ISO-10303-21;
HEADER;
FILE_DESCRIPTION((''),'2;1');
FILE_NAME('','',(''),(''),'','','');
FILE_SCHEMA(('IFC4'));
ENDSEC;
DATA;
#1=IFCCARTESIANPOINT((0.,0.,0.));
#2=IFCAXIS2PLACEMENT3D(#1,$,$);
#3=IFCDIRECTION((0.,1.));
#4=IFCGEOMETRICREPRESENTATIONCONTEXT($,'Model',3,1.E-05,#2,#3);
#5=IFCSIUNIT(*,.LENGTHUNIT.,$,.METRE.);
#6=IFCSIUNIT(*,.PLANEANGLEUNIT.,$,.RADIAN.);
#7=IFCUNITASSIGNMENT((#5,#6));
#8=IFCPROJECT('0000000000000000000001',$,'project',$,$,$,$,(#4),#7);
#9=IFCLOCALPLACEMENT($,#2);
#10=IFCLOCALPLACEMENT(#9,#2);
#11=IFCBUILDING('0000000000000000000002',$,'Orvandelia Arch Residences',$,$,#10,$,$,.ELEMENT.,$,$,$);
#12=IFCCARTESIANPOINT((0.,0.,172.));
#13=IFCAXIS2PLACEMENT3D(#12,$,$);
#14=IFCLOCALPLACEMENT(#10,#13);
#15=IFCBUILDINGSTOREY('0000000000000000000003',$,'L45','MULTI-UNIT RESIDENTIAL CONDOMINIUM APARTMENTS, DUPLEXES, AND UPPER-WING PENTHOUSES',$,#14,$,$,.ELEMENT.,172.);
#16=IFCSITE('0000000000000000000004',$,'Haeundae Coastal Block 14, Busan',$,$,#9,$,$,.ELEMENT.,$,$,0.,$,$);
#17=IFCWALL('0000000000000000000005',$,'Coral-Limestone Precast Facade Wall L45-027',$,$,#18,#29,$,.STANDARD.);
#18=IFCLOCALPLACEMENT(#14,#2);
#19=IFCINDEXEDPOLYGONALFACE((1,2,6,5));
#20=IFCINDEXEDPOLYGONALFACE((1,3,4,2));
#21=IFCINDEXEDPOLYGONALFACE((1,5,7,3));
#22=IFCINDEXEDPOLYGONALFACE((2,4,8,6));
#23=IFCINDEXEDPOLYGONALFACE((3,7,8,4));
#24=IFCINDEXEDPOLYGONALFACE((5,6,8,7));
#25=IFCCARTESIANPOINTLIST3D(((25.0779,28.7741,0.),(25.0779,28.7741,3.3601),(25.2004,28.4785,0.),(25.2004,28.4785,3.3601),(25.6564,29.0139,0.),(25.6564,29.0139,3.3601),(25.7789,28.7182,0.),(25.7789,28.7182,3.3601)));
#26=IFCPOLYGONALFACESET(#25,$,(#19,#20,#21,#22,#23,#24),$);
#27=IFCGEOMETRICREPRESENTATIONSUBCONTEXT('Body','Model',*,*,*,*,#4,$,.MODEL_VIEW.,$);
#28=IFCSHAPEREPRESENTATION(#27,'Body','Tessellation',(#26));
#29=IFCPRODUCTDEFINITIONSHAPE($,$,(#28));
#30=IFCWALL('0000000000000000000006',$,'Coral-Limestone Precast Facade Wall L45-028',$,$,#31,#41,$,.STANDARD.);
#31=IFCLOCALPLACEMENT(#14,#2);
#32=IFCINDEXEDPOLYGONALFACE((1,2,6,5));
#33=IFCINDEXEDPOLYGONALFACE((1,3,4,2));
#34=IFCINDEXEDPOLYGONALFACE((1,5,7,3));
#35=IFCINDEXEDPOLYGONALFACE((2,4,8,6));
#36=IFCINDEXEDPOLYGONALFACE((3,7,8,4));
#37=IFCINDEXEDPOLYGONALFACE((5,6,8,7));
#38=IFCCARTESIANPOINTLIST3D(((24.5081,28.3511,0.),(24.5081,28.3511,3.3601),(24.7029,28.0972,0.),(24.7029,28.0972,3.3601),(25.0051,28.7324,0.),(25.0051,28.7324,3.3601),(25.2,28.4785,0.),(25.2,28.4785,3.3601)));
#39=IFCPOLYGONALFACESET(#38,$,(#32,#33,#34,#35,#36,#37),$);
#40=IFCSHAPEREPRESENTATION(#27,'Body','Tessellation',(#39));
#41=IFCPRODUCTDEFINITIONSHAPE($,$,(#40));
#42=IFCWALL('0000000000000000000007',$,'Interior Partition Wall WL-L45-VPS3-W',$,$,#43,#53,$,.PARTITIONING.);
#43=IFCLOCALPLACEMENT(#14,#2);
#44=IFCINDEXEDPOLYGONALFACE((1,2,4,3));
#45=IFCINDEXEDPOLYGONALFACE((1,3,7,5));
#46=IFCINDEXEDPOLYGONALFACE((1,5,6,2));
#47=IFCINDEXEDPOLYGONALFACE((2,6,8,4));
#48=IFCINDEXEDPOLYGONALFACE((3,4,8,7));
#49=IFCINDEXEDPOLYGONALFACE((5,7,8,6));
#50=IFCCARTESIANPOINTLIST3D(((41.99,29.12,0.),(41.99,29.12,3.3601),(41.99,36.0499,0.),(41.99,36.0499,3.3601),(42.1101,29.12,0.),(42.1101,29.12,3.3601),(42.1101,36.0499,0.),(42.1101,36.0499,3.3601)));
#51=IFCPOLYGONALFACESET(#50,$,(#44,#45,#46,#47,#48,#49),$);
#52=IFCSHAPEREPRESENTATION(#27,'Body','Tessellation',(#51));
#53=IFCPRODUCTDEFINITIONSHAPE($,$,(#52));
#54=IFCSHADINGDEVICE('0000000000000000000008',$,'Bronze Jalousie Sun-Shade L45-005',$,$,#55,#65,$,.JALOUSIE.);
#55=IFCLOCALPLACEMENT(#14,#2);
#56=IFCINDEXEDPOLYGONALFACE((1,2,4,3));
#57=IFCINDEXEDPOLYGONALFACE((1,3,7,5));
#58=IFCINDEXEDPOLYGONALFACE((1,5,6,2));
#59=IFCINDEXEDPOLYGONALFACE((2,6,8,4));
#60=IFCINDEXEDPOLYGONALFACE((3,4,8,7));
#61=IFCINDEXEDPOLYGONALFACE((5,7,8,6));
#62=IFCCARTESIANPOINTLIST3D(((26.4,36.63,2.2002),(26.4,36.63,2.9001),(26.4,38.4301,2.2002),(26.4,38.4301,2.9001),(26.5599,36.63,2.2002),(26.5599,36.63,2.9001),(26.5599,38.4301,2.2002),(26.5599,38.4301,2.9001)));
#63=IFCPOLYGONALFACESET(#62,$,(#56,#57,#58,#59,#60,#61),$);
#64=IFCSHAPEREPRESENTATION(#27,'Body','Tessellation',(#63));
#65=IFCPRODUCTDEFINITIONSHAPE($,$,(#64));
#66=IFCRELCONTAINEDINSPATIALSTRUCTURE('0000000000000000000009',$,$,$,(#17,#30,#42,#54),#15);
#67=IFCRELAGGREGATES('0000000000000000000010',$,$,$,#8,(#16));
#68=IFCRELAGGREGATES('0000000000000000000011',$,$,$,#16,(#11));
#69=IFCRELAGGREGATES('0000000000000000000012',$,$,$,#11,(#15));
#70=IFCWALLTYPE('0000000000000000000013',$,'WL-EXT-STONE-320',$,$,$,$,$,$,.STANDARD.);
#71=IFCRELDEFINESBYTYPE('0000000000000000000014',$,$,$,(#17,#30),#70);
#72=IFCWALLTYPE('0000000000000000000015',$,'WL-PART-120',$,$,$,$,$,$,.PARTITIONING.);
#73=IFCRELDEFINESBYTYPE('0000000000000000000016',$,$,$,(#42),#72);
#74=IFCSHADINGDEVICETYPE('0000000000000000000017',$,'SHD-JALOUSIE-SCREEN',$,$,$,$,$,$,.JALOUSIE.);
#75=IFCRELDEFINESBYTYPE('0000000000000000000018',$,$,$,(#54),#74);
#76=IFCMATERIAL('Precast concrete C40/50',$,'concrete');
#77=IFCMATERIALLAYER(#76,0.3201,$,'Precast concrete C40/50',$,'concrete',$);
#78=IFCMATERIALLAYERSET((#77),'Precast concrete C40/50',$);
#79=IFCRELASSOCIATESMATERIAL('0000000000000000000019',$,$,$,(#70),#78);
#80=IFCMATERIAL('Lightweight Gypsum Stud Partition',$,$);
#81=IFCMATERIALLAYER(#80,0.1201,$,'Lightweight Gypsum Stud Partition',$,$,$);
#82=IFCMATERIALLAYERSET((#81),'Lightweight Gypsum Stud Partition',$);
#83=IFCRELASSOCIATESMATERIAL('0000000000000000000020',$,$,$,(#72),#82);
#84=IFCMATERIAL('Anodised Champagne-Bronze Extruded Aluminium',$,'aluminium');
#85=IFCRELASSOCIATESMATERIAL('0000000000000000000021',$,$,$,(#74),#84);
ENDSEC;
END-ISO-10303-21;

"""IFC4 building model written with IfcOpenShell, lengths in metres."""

from ifc_helpers import new_model, si_unit, direction, frame, frame_2d, origin, origin_2d, place, context, subcontext, project, spatial, rectangle, extrude, material, layer, layer_set, type_object, element, save


model = new_model("IFC4")

# Units and contexts
model_context = context("Model", 3, precision=1e-05, world=origin(), true_north=direction((0.0, 1.0)))
body_context = subcontext(model_context, "Body", "Model", "MODEL_VIEW")
ifc_project = project(units=[si_unit("LENGTHUNIT", "METRE"), si_unit("PLANEANGLEUNIT", "RADIAN")], contexts=[model_context])

# Site, building, storey
site_placement = place(None, origin())
site = spatial("IfcSite", under=ifc_project, at=site_placement, Name="Haeundae Coastal Block 14, Busan", CompositionType="ELEMENT", RefElevation=0.0)
building_placement = place(site_placement, origin())
building = spatial("IfcBuilding", under=site, at=building_placement, Name="Orvandelia Arch Residences", CompositionType="ELEMENT")
storey_placement = place(building_placement, frame((0.0, 0.0, 172.0)))
storey = spatial("IfcBuildingStorey", under=building, at=storey_placement, Name="L45", Description="MULTI-UNIT RESIDENTIAL CONDOMINIUM APARTMENTS, DUPLEXES, AND UPPER-WING PENTHOUSES", CompositionType="ELEMENT", Elevation=172.0)

# Shared definitions
ifc_material_1 = material(Name="Precast concrete C40/50", Category="concrete")
ifc_layer_1 = layer(ifc_material_1, 0.3201, Name="Precast concrete C40/50", Category="concrete")
ifc_layer_set_1 = layer_set([ifc_layer_1], Name="Precast concrete C40/50")
wall_type_1 = type_object("IfcWallType", Name="WL-EXT-STONE-320", PredefinedType="STANDARD", material=ifc_layer_set_1)

# Walls
wall_1_placement = place(storey_placement, frame((25.7175, 28.866, 0.0), z_axis=(0.0, 0.0, 1.0), x_axis=(-0.923836, -0.382788, 0.0)))
element("IfcWall", 1, at=wall_1_placement, inside=storey, type_object=wall_type_1, Name="Coral-Limestone Precast Facade Wall L45-027", PredefinedType="STANDARD", context=body_context, shape_type="SweptSolid", body=[
    extrude(rectangle(XDim=0.6262, YDim=0.3201, at=frame_2d((0.313, 0.0))), origin(), (0.0, 0.0, 1.0), 3.3601),
])
wall_2_placement = place(storey_placement, frame((25.1025, 28.6055, 0.0), z_axis=(0.0, 0.0, 1.0), x_axis=(-0.793406, -0.608693, 0.0)))
element("IfcWall", 2, at=wall_2_placement, inside=storey, type_object=wall_type_1, Name="Coral-Limestone Precast Facade Wall L45-028", PredefinedType="STANDARD", context=body_context, shape_type="SweptSolid", body=[
    extrude(rectangle(XDim=0.6265, YDim=0.3201, at=frame_2d((0.3132, 0.0))), origin(), (0.0, 0.0, 1.0), 3.3601),
])

# Shared definitions
ifc_material_2 = material(Name="Lightweight Gypsum Stud Partition")
ifc_layer_2 = layer(ifc_material_2, 0.1201, Name="Lightweight Gypsum Stud Partition")
ifc_layer_set_2 = layer_set([ifc_layer_2], Name="Lightweight Gypsum Stud Partition")
wall_type_2 = type_object("IfcWallType", Name="WL-PART-120", PredefinedType="PARTITIONING", material=ifc_layer_set_2)

# Wall
wall_3_placement = place(storey_placement, frame((42.05, 29.1201, 0.0), z_axis=(0.0, 0.0, 1.0), x_axis=(0.0, 1.0, 0.0)))
element("IfcWall", 3, at=wall_3_placement, inside=storey, type_object=wall_type_2, Name="Interior Partition Wall WL-L45-VPS3-W", PredefinedType="PARTITIONING", context=body_context, shape_type="SweptSolid", body=[
    extrude(rectangle(XDim=6.9299, YDim=0.1201, at=frame_2d((3.4648, 0.0))), origin(), (0.0, 0.0, 1.0), 3.3601),
])

# Shading device
ifc_material_3 = material(Name="Anodised Champagne-Bronze Extruded Aluminium", Category="aluminium")
shading_device_type = type_object("IfcShadingDeviceType", Name="SHD-JALOUSIE-SCREEN", PredefinedType="JALOUSIE", material=ifc_material_3)
shading_device_placement = place(storey_placement, frame((26.48, 37.53, 2.2002), z_axis=(0.0, 0.0, 1.0), x_axis=(0.0, -1.0, 0.0)))
element("IfcShadingDevice", 4, at=shading_device_placement, inside=storey, type_object=shading_device_type, Name="Bronze Jalousie Sun-Shade L45-005", PredefinedType="JALOUSIE", context=body_context, shape_type="SweptSolid", body=[
    extrude(rectangle(XDim=1.8, YDim=0.1599, at=origin_2d()), origin(), (0.0, 0.0, 1.0), 0.7),
])

save(model, "model.ifc")
